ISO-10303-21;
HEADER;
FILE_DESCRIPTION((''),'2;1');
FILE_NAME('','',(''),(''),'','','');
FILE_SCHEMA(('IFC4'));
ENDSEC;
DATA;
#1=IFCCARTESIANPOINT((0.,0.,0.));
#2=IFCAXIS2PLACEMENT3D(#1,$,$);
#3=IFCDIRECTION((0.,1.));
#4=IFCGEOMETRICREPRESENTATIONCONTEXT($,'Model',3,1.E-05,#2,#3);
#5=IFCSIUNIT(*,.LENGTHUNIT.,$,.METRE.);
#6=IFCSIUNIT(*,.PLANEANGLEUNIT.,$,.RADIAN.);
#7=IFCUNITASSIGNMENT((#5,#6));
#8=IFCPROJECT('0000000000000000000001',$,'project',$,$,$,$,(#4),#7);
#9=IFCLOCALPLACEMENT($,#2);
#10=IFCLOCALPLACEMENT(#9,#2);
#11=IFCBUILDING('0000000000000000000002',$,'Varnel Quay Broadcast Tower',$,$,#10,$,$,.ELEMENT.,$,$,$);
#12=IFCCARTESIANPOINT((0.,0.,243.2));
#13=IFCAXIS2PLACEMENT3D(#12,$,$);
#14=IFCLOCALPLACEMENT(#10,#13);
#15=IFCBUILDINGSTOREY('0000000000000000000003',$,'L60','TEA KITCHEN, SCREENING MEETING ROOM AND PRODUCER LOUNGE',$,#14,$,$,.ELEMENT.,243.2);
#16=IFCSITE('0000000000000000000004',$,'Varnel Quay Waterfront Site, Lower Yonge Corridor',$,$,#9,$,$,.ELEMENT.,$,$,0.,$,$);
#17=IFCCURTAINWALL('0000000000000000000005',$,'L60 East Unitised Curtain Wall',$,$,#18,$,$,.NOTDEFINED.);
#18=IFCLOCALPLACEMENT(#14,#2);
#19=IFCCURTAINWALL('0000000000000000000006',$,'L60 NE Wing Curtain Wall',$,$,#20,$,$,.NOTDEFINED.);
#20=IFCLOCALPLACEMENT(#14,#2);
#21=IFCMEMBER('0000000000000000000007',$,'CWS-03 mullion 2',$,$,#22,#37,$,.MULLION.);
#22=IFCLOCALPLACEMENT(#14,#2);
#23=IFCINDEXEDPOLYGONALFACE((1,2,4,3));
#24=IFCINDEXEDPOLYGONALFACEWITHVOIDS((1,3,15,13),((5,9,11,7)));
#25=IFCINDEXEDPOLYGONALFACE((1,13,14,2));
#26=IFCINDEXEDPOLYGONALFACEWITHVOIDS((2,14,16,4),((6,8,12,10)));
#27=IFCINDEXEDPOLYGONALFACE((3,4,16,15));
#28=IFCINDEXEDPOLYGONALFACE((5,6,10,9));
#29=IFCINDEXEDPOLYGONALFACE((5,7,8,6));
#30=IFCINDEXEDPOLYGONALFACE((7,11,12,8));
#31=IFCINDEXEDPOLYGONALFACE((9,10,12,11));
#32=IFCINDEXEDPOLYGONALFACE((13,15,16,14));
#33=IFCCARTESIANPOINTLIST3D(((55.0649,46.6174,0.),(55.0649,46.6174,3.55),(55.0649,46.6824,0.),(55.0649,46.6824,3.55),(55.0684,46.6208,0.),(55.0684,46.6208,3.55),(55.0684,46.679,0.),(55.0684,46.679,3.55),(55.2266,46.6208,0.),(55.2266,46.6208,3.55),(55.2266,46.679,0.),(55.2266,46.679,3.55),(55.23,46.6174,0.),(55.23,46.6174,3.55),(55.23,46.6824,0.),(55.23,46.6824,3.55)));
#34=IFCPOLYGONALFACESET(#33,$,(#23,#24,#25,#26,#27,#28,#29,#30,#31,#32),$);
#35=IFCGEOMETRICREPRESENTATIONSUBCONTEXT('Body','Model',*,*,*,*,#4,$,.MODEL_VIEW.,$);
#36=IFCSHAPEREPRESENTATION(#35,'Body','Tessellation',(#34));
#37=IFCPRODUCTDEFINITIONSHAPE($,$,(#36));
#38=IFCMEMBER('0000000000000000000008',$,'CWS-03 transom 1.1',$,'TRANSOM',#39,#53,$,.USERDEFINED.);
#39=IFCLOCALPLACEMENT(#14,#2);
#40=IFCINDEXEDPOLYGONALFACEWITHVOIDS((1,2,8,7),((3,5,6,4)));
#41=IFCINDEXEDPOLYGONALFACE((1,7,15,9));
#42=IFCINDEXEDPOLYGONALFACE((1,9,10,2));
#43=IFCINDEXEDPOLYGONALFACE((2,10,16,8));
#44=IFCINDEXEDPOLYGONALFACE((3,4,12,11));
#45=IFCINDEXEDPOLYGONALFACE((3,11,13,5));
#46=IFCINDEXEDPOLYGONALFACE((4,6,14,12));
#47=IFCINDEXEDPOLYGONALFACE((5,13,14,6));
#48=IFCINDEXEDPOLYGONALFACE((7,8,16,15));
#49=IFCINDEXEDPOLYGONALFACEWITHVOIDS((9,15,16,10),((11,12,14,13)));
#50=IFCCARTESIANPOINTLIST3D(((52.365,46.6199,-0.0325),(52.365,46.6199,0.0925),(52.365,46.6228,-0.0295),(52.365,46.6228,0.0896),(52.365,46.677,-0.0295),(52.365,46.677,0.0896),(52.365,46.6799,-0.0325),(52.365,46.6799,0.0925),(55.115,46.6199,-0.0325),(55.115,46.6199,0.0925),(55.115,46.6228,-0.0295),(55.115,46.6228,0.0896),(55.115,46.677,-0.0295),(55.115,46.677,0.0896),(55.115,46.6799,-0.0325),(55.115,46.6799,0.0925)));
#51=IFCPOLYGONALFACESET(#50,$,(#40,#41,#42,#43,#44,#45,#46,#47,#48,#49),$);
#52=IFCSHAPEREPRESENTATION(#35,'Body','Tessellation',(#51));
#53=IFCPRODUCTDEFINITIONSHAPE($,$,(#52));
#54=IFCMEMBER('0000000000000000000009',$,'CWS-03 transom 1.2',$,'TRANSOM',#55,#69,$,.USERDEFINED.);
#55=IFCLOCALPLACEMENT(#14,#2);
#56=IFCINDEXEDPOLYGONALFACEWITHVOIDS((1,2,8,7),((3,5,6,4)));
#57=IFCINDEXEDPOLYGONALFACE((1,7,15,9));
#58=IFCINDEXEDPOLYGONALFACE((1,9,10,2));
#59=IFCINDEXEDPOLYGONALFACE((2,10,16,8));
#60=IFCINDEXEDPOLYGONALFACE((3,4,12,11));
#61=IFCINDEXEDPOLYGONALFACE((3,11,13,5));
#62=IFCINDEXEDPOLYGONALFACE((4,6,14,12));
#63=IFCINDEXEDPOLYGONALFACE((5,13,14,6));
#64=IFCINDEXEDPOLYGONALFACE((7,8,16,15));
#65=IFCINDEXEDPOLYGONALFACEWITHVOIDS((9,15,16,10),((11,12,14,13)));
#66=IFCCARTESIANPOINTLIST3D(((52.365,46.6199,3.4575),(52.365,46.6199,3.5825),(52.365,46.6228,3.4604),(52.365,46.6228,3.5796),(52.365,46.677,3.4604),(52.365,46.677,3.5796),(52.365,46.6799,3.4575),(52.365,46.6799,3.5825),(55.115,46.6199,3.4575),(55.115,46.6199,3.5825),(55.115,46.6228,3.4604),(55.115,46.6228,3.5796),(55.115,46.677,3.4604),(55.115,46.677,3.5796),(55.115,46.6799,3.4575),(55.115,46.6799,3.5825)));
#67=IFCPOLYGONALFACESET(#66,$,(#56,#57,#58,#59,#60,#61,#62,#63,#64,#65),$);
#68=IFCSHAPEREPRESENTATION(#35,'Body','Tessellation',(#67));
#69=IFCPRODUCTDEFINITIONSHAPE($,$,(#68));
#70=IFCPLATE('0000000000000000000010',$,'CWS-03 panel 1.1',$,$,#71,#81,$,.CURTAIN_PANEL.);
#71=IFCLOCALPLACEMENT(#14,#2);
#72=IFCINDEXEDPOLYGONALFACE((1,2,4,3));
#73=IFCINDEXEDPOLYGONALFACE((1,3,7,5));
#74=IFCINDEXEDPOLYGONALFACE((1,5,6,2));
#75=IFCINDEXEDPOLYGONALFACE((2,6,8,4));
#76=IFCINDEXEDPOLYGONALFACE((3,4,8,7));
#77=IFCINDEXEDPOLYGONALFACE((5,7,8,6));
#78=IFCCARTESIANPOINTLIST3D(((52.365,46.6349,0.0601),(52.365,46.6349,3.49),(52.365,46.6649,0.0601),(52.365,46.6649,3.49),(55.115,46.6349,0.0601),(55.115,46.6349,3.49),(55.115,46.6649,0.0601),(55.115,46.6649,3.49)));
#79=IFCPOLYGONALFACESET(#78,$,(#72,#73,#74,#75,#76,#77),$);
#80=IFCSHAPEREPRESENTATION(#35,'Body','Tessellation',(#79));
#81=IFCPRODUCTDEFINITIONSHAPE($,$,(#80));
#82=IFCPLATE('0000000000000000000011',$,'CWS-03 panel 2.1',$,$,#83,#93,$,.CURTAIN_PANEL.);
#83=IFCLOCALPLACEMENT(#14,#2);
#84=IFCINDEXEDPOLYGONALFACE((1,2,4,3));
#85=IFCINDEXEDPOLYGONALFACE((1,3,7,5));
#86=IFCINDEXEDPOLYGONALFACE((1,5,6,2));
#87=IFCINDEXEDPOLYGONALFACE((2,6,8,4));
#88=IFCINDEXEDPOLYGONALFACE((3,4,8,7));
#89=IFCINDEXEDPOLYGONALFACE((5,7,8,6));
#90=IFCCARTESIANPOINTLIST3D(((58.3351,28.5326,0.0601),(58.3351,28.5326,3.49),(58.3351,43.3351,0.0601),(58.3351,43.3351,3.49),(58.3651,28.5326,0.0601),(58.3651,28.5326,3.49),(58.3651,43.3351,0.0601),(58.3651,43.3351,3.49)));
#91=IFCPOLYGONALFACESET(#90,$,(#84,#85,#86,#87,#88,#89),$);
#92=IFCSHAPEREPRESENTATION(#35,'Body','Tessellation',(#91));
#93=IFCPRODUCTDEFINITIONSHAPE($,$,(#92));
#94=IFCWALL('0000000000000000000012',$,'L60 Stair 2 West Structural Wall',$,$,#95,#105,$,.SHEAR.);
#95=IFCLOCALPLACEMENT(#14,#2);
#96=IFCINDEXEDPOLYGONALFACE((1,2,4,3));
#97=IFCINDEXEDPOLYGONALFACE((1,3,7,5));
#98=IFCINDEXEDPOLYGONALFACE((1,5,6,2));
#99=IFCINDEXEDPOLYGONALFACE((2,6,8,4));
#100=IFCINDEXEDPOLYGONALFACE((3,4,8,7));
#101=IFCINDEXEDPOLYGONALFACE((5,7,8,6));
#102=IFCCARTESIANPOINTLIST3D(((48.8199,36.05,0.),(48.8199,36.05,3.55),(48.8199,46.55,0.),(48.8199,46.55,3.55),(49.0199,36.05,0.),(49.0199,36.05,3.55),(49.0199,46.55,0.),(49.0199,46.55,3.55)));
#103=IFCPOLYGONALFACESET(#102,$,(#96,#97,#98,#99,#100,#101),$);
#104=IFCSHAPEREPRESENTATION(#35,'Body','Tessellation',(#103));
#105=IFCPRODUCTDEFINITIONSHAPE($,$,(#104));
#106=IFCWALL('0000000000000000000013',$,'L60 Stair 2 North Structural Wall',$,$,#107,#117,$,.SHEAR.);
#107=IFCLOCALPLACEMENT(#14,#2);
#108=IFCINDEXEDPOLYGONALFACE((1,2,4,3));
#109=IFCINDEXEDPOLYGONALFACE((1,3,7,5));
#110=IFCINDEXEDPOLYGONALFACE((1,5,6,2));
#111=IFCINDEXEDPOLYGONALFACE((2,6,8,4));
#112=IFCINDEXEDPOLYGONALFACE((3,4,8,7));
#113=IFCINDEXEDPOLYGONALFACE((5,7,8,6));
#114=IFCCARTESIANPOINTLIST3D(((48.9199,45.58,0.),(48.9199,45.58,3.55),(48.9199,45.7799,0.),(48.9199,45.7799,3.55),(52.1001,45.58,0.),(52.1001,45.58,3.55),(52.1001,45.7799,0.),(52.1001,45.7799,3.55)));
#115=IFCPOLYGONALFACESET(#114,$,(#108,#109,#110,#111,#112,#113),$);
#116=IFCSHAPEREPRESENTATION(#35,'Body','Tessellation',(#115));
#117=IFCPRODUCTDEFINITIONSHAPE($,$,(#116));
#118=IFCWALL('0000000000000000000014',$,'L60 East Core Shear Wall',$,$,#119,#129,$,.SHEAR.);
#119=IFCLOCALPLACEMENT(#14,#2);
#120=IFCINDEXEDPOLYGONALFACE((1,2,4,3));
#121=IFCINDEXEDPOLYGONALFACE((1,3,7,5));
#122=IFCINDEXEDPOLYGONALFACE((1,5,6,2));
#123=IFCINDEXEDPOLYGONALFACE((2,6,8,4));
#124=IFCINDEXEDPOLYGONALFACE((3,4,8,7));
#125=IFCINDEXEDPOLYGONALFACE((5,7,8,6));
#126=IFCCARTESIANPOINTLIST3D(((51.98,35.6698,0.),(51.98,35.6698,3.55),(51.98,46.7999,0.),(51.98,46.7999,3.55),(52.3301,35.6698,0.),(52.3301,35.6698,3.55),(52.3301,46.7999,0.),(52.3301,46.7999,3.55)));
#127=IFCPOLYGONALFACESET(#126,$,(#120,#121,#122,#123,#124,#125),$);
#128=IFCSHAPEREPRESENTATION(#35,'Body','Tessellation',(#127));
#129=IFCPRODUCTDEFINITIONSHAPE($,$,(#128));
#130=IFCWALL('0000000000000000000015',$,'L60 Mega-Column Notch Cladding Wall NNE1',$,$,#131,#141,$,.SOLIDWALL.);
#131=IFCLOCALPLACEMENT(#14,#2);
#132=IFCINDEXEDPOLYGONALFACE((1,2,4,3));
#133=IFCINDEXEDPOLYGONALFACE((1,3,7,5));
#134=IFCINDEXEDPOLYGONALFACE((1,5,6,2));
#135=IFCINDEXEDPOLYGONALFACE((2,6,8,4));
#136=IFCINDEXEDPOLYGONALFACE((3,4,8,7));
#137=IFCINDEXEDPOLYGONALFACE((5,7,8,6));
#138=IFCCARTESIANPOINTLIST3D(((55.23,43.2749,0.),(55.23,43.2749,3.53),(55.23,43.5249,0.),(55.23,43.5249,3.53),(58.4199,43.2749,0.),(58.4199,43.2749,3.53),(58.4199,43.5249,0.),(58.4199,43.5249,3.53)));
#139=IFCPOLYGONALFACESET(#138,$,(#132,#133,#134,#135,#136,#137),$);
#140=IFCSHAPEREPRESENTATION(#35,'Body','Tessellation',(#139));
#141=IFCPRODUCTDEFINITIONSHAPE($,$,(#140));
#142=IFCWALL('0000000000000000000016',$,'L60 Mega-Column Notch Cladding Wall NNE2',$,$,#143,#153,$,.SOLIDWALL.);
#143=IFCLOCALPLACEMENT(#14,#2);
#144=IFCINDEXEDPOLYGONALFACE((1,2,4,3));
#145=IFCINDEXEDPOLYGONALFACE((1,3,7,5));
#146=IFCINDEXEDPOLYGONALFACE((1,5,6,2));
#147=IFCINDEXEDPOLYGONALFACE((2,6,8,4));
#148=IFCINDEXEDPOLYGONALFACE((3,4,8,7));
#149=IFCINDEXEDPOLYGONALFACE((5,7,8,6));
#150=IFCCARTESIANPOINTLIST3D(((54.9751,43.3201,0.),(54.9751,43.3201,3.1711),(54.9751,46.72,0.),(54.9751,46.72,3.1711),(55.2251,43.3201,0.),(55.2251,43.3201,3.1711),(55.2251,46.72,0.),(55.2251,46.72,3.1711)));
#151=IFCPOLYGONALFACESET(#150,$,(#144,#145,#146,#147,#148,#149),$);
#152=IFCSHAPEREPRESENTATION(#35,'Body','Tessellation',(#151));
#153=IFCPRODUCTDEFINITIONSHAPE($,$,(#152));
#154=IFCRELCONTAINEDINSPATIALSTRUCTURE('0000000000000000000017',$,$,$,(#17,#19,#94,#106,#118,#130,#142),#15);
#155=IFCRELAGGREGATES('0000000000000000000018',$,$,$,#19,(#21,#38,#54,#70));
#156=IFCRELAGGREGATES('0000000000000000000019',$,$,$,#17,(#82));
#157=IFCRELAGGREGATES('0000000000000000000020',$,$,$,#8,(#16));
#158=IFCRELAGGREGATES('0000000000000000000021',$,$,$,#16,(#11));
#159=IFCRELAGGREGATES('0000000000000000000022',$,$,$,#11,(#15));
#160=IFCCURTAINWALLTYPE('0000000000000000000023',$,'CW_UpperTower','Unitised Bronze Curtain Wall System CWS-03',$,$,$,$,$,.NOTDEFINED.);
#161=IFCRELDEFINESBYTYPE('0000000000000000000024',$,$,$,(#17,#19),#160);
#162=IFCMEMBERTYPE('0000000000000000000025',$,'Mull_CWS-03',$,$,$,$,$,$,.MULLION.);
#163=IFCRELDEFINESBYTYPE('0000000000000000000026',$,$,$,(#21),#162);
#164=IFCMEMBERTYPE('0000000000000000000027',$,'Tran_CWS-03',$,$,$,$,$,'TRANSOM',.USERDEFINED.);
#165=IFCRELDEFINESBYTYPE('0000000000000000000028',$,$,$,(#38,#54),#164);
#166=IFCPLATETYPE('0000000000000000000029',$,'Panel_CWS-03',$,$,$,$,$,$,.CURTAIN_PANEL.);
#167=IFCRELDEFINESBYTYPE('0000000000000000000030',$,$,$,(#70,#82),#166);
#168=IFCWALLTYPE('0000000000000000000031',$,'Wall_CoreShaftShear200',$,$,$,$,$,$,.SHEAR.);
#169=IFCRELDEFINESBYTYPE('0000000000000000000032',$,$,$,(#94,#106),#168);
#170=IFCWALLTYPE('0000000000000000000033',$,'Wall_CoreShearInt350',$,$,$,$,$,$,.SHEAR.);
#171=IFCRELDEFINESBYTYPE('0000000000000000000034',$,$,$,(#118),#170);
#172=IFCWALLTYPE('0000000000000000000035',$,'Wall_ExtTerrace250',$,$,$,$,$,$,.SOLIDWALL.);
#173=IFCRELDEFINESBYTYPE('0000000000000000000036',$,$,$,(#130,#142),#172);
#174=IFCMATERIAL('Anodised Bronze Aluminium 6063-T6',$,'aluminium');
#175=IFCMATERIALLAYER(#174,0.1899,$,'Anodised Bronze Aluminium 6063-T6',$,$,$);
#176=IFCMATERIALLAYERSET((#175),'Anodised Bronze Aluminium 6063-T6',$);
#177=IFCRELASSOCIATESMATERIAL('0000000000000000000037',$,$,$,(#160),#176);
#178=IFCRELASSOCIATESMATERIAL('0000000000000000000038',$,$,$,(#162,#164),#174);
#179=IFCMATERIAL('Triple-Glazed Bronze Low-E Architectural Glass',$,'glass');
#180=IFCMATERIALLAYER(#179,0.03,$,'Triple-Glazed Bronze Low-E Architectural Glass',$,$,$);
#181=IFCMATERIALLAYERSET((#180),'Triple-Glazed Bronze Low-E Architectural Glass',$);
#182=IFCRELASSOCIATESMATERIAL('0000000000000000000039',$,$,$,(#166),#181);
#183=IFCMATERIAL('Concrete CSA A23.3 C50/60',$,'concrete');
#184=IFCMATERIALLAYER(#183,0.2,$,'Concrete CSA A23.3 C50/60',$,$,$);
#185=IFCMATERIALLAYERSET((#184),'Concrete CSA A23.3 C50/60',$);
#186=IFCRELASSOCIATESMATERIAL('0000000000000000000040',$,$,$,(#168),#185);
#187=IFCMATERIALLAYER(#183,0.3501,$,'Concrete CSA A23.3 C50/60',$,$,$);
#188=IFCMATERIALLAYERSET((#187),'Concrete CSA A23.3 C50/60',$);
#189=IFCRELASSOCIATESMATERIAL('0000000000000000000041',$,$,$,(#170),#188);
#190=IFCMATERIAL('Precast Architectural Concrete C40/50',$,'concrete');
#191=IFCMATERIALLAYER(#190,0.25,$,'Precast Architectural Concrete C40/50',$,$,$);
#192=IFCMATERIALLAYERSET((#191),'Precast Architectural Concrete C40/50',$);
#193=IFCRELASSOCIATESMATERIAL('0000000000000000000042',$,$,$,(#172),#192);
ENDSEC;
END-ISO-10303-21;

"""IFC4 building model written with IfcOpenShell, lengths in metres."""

from ifc_helpers import new_model, si_unit, direction, frame, frame_2d, origin, origin_2d, place, context, subcontext, project, spatial, rectangle, hollow_rectangle, extrude, source, transform, mapped, material, layer, layer_set, material_profile, profile_set, type_object, type_shapes, element, aggregate, save


model = new_model("IFC4")

# Units and contexts
model_context = context("Model", 3, precision=1e-05, world=origin(), true_north=direction((0.0, 1.0)))
body_context = subcontext(model_context, "Body", "Model", "MODEL_VIEW")
ifc_project = project(units=[si_unit("LENGTHUNIT", "METRE"), si_unit("PLANEANGLEUNIT", "RADIAN")], contexts=[model_context])

# Site, building, storey
site_placement = place(None, origin())
site = spatial("IfcSite", under=ifc_project, at=site_placement, Name="Varnel Quay Waterfront Site, Lower Yonge Corridor", CompositionType="ELEMENT", RefElevation=0.0)
building_placement = place(site_placement, origin())
building = spatial("IfcBuilding", under=site, at=building_placement, Name="Varnel Quay Broadcast Tower", CompositionType="ELEMENT")
storey_placement = place(building_placement, frame((0.0, 0.0, 243.2)))
storey = spatial("IfcBuildingStorey", under=building, at=storey_placement, Name="L60", Description="TEA KITCHEN, SCREENING MEETING ROOM AND PRODUCER LOUNGE", CompositionType="ELEMENT", Elevation=243.2)

# Curtain wall
ifc_material_1 = material(Name="Anodised Bronze Aluminium 6063-T6", Category="aluminium")
ifc_layer_1 = layer(ifc_material_1, 0.1899, Name="Anodised Bronze Aluminium 6063-T6")
ifc_layer_set_1 = layer_set([ifc_layer_1], Name="Anodised Bronze Aluminium 6063-T6")
curtain_wall_type = type_object("IfcCurtainWallType", Name="CW_UpperTower", Description="Unitised Bronze Curtain Wall System CWS-03", PredefinedType="NOTDEFINED", material=ifc_layer_set_1)
curtain_wall_1_placement = place(storey_placement, origin())
curtain_wall_1 = element("IfcCurtainWall", 1, at=curtain_wall_1_placement, inside=storey, type_object=curtain_wall_type, Name="L60 East Unitised Curtain Wall", PredefinedType="NOTDEFINED")
ifc_material_profile_1 = material_profile(ifc_material_1, hollow_rectangle(XDim=0.0649, YDim=0.165, WallThickness=0.0034, at=origin_2d()), Name="ALU65X165X3.5")
ifc_profile_set_1 = profile_set([ifc_material_profile_1], Name="Anodised Bronze Aluminium 6063-T6")
member_type_1 = type_object("IfcMemberType", Name="Mull_CWS-03", PredefinedType="MULLION", material=ifc_profile_set_1)
shared_shape_1 = source(origin(), body_context, "Body", "SweptSolid", [
    extrude(hollow_rectangle(XDim=0.0649, YDim=0.165, WallThickness=0.0034, at=origin_2d()), origin(), (0.0, 0.0, 1.0), 3.55),
])
type_shapes(member_type_1, [shared_shape_1])

# Curtain wall, members, plate
curtain_wall_2_placement = place(storey_placement, origin())
curtain_wall_2 = element("IfcCurtainWall", 2, at=curtain_wall_2_placement, inside=storey, type_object=curtain_wall_type, Name="L60 NE Wing Curtain Wall", PredefinedType="NOTDEFINED")
member_1_placement = place(storey_placement, frame((55.1475, 46.6499, 0.0), z_axis=(0.0, 0.0, 1.0), x_axis=(0.0, 1.0, 0.0)))
member_1 = element("IfcMember", 3, at=member_1_placement, type_object=member_type_1, Name="CWS-03 mullion 2", PredefinedType="MULLION", context=body_context, shape_type="MappedRepresentation", body=[
    mapped(shared_shape_1, transform((0.0, 0.0, 0.0), x_axis=(1.0, 0.0, 0.0), y_axis=(0.0, 1.0, 0.0), z_axis=(0.0, 0.0, 1.0), scale=1.0)),
])
ifc_material_profile_2 = material_profile(ifc_material_1, hollow_rectangle(XDim=0.0601, YDim=0.125, WallThickness=0.0029, at=origin_2d()), Name="ALU60X125X3")
ifc_profile_set_2 = profile_set([ifc_material_profile_2], Name="Anodised Bronze Aluminium 6063-T6")
member_type_2 = type_object("IfcMemberType", Name="Tran_CWS-03", ElementType="TRANSOM", PredefinedType="USERDEFINED", material=ifc_profile_set_2)
shared_shape_2 = source(origin(), body_context, "Body", "SweptSolid", [
    extrude(hollow_rectangle(XDim=0.0601, YDim=0.125, WallThickness=0.0029, at=origin_2d()), origin(), (0.0, 0.0, 1.0), 2.75),
])
type_shapes(member_type_2, [shared_shape_2])
member_2_placement = place(storey_placement, frame((52.365, 46.6499, 0.03), z_axis=(1.0, 0.0, 0.0), x_axis=(0.0, 1.0, 0.0)))
member_2 = element("IfcMember", 4, at=member_2_placement, type_object=member_type_2, Name="CWS-03 transom 1.1", ObjectType="TRANSOM", PredefinedType="USERDEFINED", context=body_context, shape_type="MappedRepresentation", body=[
    mapped(shared_shape_2, transform((0.0, 0.0, 0.0), x_axis=(1.0, 0.0, 0.0), y_axis=(0.0, 1.0, 0.0), z_axis=(0.0, 0.0, 1.0), scale=1.0)),
])
member_3_placement = place(storey_placement, frame((52.365, 46.6499, 3.52), z_axis=(1.0, 0.0, 0.0), x_axis=(0.0, 1.0, 0.0)))
member_3 = element("IfcMember", 5, at=member_3_placement, type_object=member_type_2, Name="CWS-03 transom 1.2", ObjectType="TRANSOM", PredefinedType="USERDEFINED", context=body_context, shape_type="MappedRepresentation", body=[
    mapped(shared_shape_2, transform((0.0, 0.0, 0.0), x_axis=(1.0, 0.0, 0.0), y_axis=(0.0, 1.0, 0.0), z_axis=(0.0, 0.0, 1.0), scale=1.0)),
])
ifc_material_2 = material(Name="Triple-Glazed Bronze Low-E Architectural Glass", Category="glass")
ifc_layer_2 = layer(ifc_material_2, 0.03, Name="Triple-Glazed Bronze Low-E Architectural Glass")
ifc_layer_set_2 = layer_set([ifc_layer_2], Name="Triple-Glazed Bronze Low-E Architectural Glass")
plate_type = type_object("IfcPlateType", Name="Panel_CWS-03", PredefinedType="CURTAIN_PANEL", material=ifc_layer_set_2)
shared_shape_3 = source(origin(), body_context, "Body", "SweptSolid", [
    extrude(rectangle(XDim=2.75, YDim=0.03, at=origin_2d()), origin(), (0.0, 0.0, 1.0), 3.4299),
])
plate_1_placement = place(storey_placement, frame((53.74, 46.6499, 0.0601), z_axis=(0.0, 0.0, 1.0), x_axis=(1.0, 0.0, 0.0)))
plate_1 = element("IfcPlate", 6, at=plate_1_placement, type_object=plate_type, Name="CWS-03 panel 1.1", PredefinedType="CURTAIN_PANEL", context=body_context, shape_type="MappedRepresentation", body=[
    mapped(shared_shape_3, transform((0.0, 0.0, 0.0), x_axis=(1.0, 0.0, 0.0), y_axis=(0.0, 1.0, 0.0), z_axis=(0.0, 0.0, 1.0), scale=1.0)),
])
aggregate(curtain_wall_2, [member_1, member_2, member_3, plate_1])

# Plate
shared_shape_4 = source(origin(), body_context, "Body", "SweptSolid", [
    extrude(rectangle(XDim=14.8025, YDim=0.03, at=origin_2d()), origin(), (0.0, 0.0, 1.0), 3.4299),
])
type_shapes(plate_type, [shared_shape_3, shared_shape_4])
plate_2_placement = place(storey_placement, frame((58.3501, 35.9338, 0.0601), z_axis=(0.0, 0.0, 1.0), x_axis=(0.0, 1.0, 0.0)))
plate_2 = element("IfcPlate", 7, at=plate_2_placement, type_object=plate_type, Name="CWS-03 panel 2.1", PredefinedType="CURTAIN_PANEL", context=body_context, shape_type="MappedRepresentation", body=[
    mapped(shared_shape_4, transform((0.0, 0.0, 0.0), x_axis=(1.0, 0.0, 0.0), y_axis=(0.0, 1.0, 0.0), z_axis=(0.0, 0.0, 1.0), scale=1.0)),
])
aggregate(curtain_wall_1, [plate_2])

# Walls
ifc_material_3 = material(Name="Concrete CSA A23.3 C50/60", Category="concrete")
ifc_layer_3 = layer(ifc_material_3, 0.2, Name="Concrete CSA A23.3 C50/60")
ifc_layer_set_3 = layer_set([ifc_layer_3], Name="Concrete CSA A23.3 C50/60")
wall_type_1 = type_object("IfcWallType", Name="Wall_CoreShaftShear200", PredefinedType="SHEAR", material=ifc_layer_set_3)
wall_1_placement = place(storey_placement, frame((48.9199, 36.05, 0.0), z_axis=(0.0, 0.0, 1.0), x_axis=(0.0, 1.0, 0.0)))
element("IfcWall", 8, at=wall_1_placement, inside=storey, type_object=wall_type_1, Name="L60 Stair 2 West Structural Wall", PredefinedType="SHEAR", context=body_context, shape_type="SweptSolid", body=[
    extrude(rectangle(XDim=10.5, YDim=0.2, at=frame_2d((5.25, 0.0))), origin(), (0.0, 0.0, 1.0), 3.55),
])
wall_2_placement = place(storey_placement, frame((48.9199, 45.6799, 0.0), z_axis=(0.0, 0.0, 1.0), x_axis=(1.0, 0.0, 0.0)))
element("IfcWall", 9, at=wall_2_placement, inside=storey, type_object=wall_type_1, Name="L60 Stair 2 North Structural Wall", PredefinedType="SHEAR", context=body_context, shape_type="SweptSolid", body=[
    extrude(rectangle(XDim=3.1802, YDim=0.2, at=frame_2d((1.5901, 0.0))), origin(), (0.0, 0.0, 1.0), 3.55),
])
ifc_layer_4 = layer(ifc_material_3, 0.3501, Name="Concrete CSA A23.3 C50/60")
ifc_layer_set_4 = layer_set([ifc_layer_4], Name="Concrete CSA A23.3 C50/60")
wall_type_2 = type_object("IfcWallType", Name="Wall_CoreShearInt350", PredefinedType="SHEAR", material=ifc_layer_set_4)
wall_3_placement = place(storey_placement, frame((52.155, 35.6699, 0.0), z_axis=(0.0, 0.0, 1.0), x_axis=(0.0, 1.0, 0.0)))
element("IfcWall", 10, at=wall_3_placement, inside=storey, type_object=wall_type_2, Name="L60 East Core Shear Wall", PredefinedType="SHEAR", context=body_context, shape_type="SweptSolid", body=[
    extrude(rectangle(XDim=11.1301, YDim=0.3501, at=frame_2d((5.5649, 0.0))), origin(), (0.0, 0.0, 1.0), 3.55),
])
ifc_material_4 = material(Name="Precast Architectural Concrete C40/50", Category="concrete")
ifc_layer_5 = layer(ifc_material_4, 0.25, Name="Precast Architectural Concrete C40/50")
ifc_layer_set_5 = layer_set([ifc_layer_5], Name="Precast Architectural Concrete C40/50")
wall_type_3 = type_object("IfcWallType", Name="Wall_ExtTerrace250", PredefinedType="SOLIDWALL", material=ifc_layer_set_5)
wall_4_placement = place(storey_placement, frame((55.23, 43.3999, 0.0), z_axis=(0.0, 0.0, 1.0), x_axis=(1.0, 0.0, 0.0)))
element("IfcWall", 11, at=wall_4_placement, inside=storey, type_object=wall_type_3, Name="L60 Mega-Column Notch Cladding Wall NNE1", PredefinedType="SOLIDWALL", context=body_context, shape_type="SweptSolid", body=[
    extrude(rectangle(XDim=3.1899, YDim=0.25, at=frame_2d((1.595, 0.0))), origin(), (0.0, 0.0, 1.0), 3.53),
])
wall_5_placement = place(storey_placement, frame((55.1001, 43.3201, 0.0), z_axis=(0.0, 0.0, 1.0), x_axis=(0.0, 1.0, 0.0)))
element("IfcWall", 12, at=wall_5_placement, inside=storey, type_object=wall_type_3, Name="L60 Mega-Column Notch Cladding Wall NNE2", PredefinedType="SOLIDWALL", context=body_context, shape_type="SweptSolid", body=[
    extrude(rectangle(XDim=3.3999, YDim=0.25, at=frame_2d((1.7, 0.0))), origin(), (0.0, 0.0, 1.0), 3.1711),
])

save(model, "model.ifc")
